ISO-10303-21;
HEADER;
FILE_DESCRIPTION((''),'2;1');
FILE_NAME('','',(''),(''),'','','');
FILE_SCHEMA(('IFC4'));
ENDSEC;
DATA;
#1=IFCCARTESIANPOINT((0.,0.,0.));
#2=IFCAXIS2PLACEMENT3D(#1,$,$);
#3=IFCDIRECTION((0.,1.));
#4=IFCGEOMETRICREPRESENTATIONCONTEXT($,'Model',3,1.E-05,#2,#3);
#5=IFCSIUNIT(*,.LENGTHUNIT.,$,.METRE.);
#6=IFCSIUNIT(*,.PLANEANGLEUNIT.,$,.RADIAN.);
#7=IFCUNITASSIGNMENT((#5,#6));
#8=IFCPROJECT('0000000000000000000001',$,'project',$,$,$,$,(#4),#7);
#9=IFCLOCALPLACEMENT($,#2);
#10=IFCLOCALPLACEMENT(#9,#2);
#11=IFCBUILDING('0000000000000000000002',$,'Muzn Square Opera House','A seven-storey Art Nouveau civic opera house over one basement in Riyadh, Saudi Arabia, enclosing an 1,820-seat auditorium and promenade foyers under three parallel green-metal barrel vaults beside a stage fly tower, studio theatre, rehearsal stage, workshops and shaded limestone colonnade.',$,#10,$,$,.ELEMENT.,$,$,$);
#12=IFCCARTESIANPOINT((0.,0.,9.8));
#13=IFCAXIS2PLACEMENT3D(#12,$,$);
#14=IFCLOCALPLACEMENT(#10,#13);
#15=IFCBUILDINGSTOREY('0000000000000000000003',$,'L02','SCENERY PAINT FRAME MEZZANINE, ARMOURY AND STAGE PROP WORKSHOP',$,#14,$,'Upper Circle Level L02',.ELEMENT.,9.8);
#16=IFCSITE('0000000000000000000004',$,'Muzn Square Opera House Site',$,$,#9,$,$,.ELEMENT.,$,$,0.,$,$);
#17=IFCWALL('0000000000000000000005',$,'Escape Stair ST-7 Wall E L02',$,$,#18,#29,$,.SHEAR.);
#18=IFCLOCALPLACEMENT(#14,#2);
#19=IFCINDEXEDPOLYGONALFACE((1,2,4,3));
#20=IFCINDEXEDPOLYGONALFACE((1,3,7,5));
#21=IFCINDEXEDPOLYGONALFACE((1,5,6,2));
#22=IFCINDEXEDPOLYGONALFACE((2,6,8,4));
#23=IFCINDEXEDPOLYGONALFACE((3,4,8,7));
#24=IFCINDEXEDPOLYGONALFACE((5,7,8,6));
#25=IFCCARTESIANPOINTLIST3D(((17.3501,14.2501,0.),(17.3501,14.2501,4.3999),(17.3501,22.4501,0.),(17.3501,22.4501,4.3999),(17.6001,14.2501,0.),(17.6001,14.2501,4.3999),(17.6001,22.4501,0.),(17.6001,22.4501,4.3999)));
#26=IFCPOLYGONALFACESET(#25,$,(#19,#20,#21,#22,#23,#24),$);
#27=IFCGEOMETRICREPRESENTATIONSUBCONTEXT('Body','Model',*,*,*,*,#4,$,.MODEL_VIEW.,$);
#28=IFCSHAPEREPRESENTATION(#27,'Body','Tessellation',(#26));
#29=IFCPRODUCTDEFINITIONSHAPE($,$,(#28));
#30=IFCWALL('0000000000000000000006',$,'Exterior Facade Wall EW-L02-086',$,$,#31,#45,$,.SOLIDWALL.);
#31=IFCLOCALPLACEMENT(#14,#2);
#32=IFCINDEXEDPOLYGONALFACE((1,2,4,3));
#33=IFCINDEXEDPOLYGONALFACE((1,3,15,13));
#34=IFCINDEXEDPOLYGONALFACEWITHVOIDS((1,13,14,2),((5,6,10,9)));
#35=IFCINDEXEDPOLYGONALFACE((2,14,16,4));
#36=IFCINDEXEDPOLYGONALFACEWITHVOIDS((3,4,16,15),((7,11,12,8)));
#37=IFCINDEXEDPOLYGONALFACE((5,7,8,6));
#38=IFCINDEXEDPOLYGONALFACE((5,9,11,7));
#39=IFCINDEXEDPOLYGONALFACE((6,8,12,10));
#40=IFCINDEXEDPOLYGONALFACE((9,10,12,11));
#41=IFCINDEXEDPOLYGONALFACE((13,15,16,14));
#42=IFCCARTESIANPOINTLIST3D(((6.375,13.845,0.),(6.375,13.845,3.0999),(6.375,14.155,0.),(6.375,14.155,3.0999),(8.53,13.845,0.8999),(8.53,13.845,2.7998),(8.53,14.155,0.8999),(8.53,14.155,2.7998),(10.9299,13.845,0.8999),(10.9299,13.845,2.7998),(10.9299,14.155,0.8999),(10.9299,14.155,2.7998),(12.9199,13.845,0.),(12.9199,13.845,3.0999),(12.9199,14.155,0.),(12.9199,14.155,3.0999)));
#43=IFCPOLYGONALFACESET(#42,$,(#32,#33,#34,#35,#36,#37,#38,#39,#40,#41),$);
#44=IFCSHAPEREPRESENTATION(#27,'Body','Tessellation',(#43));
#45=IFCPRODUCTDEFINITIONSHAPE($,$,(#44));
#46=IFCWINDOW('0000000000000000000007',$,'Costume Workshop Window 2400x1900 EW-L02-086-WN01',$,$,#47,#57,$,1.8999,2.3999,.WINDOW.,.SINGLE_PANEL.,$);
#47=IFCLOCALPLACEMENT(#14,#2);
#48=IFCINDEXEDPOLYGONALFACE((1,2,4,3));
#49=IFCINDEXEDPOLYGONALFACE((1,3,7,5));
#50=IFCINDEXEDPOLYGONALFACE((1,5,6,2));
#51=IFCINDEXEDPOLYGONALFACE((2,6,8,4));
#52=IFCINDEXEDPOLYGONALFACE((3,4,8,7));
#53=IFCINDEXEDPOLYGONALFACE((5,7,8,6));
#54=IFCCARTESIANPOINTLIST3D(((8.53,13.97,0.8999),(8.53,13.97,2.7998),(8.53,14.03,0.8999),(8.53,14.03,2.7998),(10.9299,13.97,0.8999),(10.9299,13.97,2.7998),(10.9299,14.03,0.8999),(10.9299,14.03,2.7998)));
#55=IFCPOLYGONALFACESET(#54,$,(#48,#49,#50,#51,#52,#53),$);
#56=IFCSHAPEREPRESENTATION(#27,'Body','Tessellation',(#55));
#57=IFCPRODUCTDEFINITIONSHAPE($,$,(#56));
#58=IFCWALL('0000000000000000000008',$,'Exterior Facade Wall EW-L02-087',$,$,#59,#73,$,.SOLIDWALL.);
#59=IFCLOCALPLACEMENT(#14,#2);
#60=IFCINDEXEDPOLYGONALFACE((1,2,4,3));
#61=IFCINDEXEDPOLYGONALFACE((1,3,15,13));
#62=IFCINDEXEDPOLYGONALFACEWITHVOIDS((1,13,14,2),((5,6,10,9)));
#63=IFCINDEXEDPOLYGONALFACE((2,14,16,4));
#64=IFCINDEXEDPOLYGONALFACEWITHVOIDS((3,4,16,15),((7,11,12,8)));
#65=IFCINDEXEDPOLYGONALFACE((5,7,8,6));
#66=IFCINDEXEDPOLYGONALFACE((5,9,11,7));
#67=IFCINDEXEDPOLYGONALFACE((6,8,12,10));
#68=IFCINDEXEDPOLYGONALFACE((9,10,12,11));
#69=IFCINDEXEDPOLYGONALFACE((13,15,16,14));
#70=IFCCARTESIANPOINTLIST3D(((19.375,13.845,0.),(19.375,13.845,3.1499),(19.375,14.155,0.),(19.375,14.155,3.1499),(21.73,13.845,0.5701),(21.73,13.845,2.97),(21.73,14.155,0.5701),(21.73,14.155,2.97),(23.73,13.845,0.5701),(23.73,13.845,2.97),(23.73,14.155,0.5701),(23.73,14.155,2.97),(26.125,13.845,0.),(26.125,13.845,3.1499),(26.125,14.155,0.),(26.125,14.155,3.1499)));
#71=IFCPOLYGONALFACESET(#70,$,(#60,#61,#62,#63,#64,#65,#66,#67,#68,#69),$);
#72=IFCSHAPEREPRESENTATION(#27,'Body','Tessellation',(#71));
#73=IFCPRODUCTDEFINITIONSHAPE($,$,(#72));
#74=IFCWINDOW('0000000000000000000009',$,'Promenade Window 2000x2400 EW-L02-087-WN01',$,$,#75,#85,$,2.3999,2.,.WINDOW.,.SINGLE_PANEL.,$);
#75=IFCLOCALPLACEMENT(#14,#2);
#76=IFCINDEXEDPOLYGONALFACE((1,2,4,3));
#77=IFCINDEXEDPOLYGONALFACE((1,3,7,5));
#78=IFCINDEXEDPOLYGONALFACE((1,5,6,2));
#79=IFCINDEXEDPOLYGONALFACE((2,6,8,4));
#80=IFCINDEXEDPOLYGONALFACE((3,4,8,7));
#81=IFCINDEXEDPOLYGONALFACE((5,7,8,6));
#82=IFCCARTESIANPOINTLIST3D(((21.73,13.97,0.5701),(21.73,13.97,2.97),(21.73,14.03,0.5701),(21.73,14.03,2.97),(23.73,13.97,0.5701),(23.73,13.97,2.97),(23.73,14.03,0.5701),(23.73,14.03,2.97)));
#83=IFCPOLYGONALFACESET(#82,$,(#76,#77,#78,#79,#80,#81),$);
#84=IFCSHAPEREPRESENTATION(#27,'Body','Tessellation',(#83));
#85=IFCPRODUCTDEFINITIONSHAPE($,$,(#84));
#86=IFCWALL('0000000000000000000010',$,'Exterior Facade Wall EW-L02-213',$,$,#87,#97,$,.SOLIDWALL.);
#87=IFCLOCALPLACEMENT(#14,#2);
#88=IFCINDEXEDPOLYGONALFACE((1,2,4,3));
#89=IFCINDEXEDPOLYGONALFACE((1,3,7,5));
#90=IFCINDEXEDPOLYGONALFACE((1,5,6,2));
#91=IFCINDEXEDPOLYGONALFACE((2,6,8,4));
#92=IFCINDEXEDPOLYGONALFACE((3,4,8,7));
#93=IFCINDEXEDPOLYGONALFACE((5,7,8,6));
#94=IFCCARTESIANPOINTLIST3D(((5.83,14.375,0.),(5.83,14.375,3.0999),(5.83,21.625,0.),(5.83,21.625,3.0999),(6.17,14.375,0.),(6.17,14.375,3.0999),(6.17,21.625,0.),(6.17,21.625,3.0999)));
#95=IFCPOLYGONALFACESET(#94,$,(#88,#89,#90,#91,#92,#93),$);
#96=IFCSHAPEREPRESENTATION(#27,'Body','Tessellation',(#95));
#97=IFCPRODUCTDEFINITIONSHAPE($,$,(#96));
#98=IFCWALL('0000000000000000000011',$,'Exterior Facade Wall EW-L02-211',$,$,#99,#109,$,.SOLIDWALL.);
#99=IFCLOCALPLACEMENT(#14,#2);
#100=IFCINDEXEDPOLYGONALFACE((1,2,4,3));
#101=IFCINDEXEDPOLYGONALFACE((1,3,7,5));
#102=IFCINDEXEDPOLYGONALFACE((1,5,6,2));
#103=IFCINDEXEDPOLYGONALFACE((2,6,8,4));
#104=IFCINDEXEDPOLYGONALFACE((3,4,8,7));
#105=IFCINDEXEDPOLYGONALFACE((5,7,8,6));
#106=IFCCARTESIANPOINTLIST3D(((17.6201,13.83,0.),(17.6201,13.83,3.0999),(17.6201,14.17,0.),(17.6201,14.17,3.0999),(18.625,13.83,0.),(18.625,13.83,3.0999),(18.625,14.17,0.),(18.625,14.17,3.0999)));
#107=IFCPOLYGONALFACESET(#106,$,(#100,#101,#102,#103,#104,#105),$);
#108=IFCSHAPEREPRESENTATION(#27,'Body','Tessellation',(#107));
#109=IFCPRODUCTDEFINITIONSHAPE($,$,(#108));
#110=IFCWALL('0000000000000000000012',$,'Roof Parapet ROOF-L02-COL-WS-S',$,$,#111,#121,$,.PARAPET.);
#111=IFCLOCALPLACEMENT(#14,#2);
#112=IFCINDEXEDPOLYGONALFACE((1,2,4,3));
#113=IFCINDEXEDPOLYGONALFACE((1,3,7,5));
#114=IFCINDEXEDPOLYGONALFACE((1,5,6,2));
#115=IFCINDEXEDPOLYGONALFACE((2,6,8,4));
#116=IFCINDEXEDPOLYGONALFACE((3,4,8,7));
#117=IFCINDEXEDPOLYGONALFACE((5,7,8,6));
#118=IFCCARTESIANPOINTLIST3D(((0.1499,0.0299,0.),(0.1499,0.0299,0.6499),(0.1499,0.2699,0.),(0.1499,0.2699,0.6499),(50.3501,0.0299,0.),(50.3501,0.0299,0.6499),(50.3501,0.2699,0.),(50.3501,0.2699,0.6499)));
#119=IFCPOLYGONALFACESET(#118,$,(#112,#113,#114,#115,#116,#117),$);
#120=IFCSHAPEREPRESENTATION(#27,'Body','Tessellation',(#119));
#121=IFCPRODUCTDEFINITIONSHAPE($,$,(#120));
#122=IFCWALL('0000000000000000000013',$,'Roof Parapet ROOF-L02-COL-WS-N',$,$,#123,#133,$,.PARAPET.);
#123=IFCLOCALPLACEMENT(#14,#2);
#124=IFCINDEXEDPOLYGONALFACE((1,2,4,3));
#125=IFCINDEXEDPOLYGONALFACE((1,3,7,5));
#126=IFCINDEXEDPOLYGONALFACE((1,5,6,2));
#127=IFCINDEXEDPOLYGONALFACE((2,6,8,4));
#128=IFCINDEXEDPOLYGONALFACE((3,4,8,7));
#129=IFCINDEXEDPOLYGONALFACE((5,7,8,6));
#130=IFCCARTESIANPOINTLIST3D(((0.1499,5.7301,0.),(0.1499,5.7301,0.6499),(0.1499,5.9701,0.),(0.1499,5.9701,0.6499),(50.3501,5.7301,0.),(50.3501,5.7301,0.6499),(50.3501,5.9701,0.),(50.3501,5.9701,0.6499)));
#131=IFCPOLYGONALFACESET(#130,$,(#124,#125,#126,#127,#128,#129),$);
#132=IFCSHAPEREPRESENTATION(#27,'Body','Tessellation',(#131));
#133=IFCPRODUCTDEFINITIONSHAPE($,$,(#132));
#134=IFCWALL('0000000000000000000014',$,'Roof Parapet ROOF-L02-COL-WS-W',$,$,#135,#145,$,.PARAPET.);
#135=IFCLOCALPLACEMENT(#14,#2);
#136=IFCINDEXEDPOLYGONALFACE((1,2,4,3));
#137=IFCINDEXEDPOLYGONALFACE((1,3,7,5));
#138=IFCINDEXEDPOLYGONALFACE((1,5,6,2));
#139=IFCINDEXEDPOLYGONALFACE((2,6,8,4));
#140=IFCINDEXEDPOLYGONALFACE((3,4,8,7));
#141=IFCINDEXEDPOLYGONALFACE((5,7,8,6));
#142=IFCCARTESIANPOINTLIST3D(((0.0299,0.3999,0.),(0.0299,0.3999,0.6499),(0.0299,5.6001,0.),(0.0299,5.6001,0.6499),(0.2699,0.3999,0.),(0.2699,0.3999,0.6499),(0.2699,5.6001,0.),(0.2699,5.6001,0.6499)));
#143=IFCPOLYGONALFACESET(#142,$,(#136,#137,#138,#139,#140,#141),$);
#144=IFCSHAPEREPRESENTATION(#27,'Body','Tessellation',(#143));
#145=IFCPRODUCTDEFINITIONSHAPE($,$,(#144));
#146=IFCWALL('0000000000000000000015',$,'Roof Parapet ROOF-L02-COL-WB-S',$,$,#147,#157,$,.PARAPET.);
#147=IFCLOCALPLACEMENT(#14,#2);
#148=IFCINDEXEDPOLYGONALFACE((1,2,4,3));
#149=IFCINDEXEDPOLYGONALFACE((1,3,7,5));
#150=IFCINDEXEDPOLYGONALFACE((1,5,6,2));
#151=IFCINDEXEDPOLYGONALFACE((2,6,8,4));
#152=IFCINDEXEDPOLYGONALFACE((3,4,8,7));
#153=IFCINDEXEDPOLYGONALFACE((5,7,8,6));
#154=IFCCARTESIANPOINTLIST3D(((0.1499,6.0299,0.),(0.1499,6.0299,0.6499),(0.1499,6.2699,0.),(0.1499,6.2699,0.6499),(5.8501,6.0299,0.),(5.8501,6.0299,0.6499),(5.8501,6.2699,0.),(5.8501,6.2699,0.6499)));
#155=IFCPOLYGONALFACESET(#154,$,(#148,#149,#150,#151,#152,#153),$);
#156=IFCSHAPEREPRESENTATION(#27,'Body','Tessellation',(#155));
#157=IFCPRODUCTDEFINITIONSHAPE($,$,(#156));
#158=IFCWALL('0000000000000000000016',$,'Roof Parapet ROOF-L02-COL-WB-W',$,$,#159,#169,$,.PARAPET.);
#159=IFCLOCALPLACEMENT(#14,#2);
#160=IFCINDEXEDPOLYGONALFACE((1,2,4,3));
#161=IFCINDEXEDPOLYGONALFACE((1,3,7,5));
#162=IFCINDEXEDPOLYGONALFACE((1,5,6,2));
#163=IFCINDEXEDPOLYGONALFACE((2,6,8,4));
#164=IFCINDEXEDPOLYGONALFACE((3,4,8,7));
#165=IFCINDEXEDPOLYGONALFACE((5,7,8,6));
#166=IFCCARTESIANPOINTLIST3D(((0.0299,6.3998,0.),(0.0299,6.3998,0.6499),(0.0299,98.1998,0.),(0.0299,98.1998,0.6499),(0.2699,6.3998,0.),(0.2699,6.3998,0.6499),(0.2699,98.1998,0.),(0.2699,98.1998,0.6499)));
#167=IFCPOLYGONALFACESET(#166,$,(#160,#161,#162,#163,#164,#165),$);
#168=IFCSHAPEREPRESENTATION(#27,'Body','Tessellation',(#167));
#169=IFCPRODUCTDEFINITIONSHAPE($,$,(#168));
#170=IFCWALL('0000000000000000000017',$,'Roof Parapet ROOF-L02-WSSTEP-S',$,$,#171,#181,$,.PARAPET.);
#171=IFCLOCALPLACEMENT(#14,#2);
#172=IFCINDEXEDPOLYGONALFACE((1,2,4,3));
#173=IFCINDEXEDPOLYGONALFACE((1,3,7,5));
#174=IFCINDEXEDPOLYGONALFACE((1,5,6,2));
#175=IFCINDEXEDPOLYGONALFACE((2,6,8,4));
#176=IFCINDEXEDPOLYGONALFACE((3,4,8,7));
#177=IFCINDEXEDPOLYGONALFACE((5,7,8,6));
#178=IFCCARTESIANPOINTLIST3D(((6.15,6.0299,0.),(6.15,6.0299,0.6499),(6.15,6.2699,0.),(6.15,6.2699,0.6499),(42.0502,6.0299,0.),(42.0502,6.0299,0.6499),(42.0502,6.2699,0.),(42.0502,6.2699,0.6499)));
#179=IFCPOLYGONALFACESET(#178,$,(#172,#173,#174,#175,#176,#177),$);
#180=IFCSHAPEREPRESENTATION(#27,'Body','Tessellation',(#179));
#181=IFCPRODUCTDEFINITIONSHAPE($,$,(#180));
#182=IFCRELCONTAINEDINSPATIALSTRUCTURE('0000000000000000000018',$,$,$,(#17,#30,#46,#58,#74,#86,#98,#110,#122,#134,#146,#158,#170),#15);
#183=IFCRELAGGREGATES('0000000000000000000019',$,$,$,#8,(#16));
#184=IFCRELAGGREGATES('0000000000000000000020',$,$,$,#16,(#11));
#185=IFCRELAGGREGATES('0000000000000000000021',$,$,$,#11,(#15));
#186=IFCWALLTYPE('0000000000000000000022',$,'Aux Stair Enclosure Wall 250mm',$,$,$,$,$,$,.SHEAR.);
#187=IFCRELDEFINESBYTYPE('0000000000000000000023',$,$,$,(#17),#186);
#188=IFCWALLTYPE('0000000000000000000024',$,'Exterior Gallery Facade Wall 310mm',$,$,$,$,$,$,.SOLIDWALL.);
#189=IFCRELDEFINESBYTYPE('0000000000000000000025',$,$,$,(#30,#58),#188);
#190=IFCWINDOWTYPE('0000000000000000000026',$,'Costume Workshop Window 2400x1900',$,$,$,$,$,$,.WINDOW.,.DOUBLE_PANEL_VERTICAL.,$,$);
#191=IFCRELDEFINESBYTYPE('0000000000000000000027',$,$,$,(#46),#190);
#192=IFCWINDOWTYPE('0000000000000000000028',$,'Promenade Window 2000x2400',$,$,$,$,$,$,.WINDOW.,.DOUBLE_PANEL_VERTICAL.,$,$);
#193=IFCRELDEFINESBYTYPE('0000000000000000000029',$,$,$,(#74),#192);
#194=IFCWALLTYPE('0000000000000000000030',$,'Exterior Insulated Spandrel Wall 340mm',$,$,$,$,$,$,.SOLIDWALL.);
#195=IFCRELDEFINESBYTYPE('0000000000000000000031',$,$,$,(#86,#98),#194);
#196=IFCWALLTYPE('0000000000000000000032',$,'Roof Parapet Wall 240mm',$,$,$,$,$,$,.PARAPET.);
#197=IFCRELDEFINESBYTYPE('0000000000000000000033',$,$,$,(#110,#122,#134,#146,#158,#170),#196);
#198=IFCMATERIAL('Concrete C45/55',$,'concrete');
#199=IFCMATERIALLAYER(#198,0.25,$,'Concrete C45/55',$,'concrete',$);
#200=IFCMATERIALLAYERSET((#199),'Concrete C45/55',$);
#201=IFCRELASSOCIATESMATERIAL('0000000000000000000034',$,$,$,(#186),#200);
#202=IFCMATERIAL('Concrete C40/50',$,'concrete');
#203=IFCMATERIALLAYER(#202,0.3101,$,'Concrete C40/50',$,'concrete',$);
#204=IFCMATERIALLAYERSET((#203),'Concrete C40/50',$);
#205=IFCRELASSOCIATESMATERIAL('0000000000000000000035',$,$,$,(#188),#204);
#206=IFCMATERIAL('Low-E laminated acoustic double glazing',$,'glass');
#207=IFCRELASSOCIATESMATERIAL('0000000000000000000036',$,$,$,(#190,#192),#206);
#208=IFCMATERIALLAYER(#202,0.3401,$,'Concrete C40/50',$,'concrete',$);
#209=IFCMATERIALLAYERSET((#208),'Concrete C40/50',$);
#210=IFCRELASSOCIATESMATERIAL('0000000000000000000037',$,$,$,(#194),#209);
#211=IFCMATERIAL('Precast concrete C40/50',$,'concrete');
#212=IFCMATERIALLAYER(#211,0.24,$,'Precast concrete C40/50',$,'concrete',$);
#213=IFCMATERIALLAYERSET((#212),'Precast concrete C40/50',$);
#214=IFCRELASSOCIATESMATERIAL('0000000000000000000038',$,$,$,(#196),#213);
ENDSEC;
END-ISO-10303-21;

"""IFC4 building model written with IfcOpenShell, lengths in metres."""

from ifc_helpers import new_model, si_unit, direction, frame, frame_2d, origin, place, context, subcontext, project, spatial, rectangle, extrude, material, layer, layer_set, type_object, element, fill, save


model = new_model("IFC4")

# Units and contexts
model_context = context("Model", 3, precision=1e-05, world=origin(), true_north=direction((0.0, 1.0)))
body_context = subcontext(model_context, "Body", "Model", "MODEL_VIEW")
ifc_project = project(units=[si_unit("LENGTHUNIT", "METRE"), si_unit("PLANEANGLEUNIT", "RADIAN")], contexts=[model_context])

# Site, building, storey
site_placement = place(None, origin())
site = spatial("IfcSite", under=ifc_project, at=site_placement, Name="Muzn Square Opera House Site", CompositionType="ELEMENT", RefElevation=0.0)
building_placement = place(site_placement, origin())
building = spatial("IfcBuilding", under=site, at=building_placement, Name="Muzn Square Opera House", Description="A seven-storey Art Nouveau civic opera house over one basement in Riyadh, Saudi Arabia, enclosing an 1,820-seat auditorium and promenade foyers under three parallel green-metal barrel vaults beside a stage fly tower, studio theatre, rehearsal stage, workshops and shaded limestone colonnade.", CompositionType="ELEMENT")
storey_placement = place(building_placement, frame((0.0, 0.0, 9.8)))
storey = spatial("IfcBuildingStorey", under=building, at=storey_placement, Name="L02", Description="SCENERY PAINT FRAME MEZZANINE, ARMOURY AND STAGE PROP WORKSHOP", LongName="Upper Circle Level L02", CompositionType="ELEMENT", Elevation=9.8)

# Shared definitions
ifc_material_1 = material(Name="Concrete C45/55", Category="concrete")

# Shared definitions
ifc_material_2 = material(Name="Concrete C40/50", Category="concrete")

# Wall
ifc_layer_1 = layer(ifc_material_1, 0.25, Name="Concrete C45/55", Category="concrete")
ifc_layer_set_1 = layer_set([ifc_layer_1], Name="Concrete C45/55")
wall_type_1 = type_object("IfcWallType", Name="Aux Stair Enclosure Wall 250mm", PredefinedType="SHEAR", material=ifc_layer_set_1)
for number, where, z_axis, x_axis, name in (
    (1, (17.4751, 14.25, 0.0), (0.0, 0.0, 1.0), (0.0, 1.0, 0.0), "Escape Stair ST-7 Wall E L02"),
):
    element("IfcWall", number, at=place(storey_placement, frame(where, z_axis=z_axis, x_axis=x_axis)), inside=storey, type_object=wall_type_1, Name=name, PredefinedType="SHEAR", context=body_context, shape_type="SweptSolid", body=[
        extrude(rectangle(XDim=8.2, YDim=0.25, at=frame_2d((4.1001, 0.0))), origin(), (0.0, 0.0, 1.0), 4.3999),
    ])

# Walls, openings, windows
ifc_layer_2 = layer(ifc_material_2, 0.3101, Name="Concrete C40/50", Category="concrete")
ifc_layer_set_2 = layer_set([ifc_layer_2], Name="Concrete C40/50")
wall_type_2 = type_object("IfcWallType", Name="Exterior Gallery Facade Wall 310mm", PredefinedType="SOLIDWALL", material=ifc_layer_set_2)
wall_1_placement = place(storey_placement, frame((6.375, 14.0, 0.0), z_axis=(0.0, 0.0, 1.0), x_axis=(1.0, 0.0, 0.0)))
wall_1 = element("IfcWall", 2, at=wall_1_placement, inside=storey, type_object=wall_type_2, Name="Exterior Facade Wall EW-L02-086", PredefinedType="SOLIDWALL", context=body_context, shape_type="SweptSolid", body=[
    extrude(rectangle(XDim=6.5449, YDim=0.3101, at=frame_2d((3.2725, 0.0))), origin(), (0.0, 0.0, 1.0), 3.0999),
])
opening_1_placement = place(wall_1_placement, frame((2.155, 0.0, 0.8999)))
opening_1 = element("IfcOpeningElement", 3, at=opening_1_placement, cuts=wall_1, PredefinedType="OPENING", context=body_context, shape_type="SweptSolid", body=[
    extrude(rectangle(XDim=2.3999, YDim=1.8999, at=frame_2d((1.2, 0.95))), frame((0.0, 0.165, 0.0), z_axis=(0.0, -1.0, 0.0), x_axis=(1.0, 0.0, 0.0)), (0.0, 0.0, 1.0), 0.3301),
])
ifc_material_3 = material(Name="Low-E laminated acoustic double glazing", Category="glass")
window_type_1 = type_object("IfcWindowType", Name="Costume Workshop Window 2400x1900", PartitioningType="DOUBLE_PANEL_VERTICAL", PredefinedType="WINDOW", material=ifc_material_3)
window_1_placement = place(opening_1_placement, origin())
window_1 = element("IfcWindow", 4, at=window_1_placement, inside=storey, type_object=window_type_1, Name="Costume Workshop Window 2400x1900 EW-L02-086-WN01", OverallHeight=1.8999, OverallWidth=2.3999, PartitioningType="SINGLE_PANEL", PredefinedType="WINDOW", context=body_context, shape_type="SweptSolid", body=[
    extrude(rectangle(XDim=2.3999, YDim=1.8999, at=frame_2d((1.2, 0.95))), frame((0.0, 0.03, 0.0), z_axis=(0.0, -1.0, 0.0), x_axis=(1.0, 0.0, 0.0)), (0.0, 0.0, 1.0), 0.0601),
])
fill(opening_1, window_1)
wall_2_placement = place(storey_placement, frame((19.375, 14.0, 0.0), z_axis=(0.0, 0.0, 1.0), x_axis=(1.0, 0.0, 0.0)))
wall_2 = element("IfcWall", 5, at=wall_2_placement, inside=storey, type_object=wall_type_2, Name="Exterior Facade Wall EW-L02-087", PredefinedType="SOLIDWALL", context=body_context, shape_type="SweptSolid", body=[
    extrude(rectangle(XDim=6.75, YDim=0.3101, at=frame_2d((3.375, 0.0))), origin(), (0.0, 0.0, 1.0), 3.1499),
])
opening_2_placement = place(wall_2_placement, frame((2.355, 0.0, 0.5701)))
opening_2 = element("IfcOpeningElement", 6, at=opening_2_placement, cuts=wall_2, PredefinedType="OPENING", context=body_context, shape_type="SweptSolid", body=[
    extrude(rectangle(XDim=2.0, YDim=2.3999, at=frame_2d((1.0, 1.2))), frame((0.0, 0.165, 0.0), z_axis=(0.0, -1.0, 0.0), x_axis=(1.0, 0.0, 0.0)), (0.0, 0.0, 1.0), 0.3301),
])
window_type_2 = type_object("IfcWindowType", Name="Promenade Window 2000x2400", PartitioningType="DOUBLE_PANEL_VERTICAL", PredefinedType="WINDOW", material=ifc_material_3)
window_2_placement = place(opening_2_placement, origin())
window_2 = element("IfcWindow", 7, at=window_2_placement, inside=storey, type_object=window_type_2, Name="Promenade Window 2000x2400 EW-L02-087-WN01", OverallHeight=2.3999, OverallWidth=2.0, PartitioningType="SINGLE_PANEL", PredefinedType="WINDOW", context=body_context, shape_type="SweptSolid", body=[
    extrude(rectangle(XDim=2.0, YDim=2.3999, at=frame_2d((1.0, 1.2))), frame((0.0, 0.03, 0.0), z_axis=(0.0, -1.0, 0.0), x_axis=(1.0, 0.0, 0.0)), (0.0, 0.0, 1.0), 0.0601),
])
fill(opening_2, window_2)

# Walls
ifc_layer_3 = layer(ifc_material_2, 0.3401, Name="Concrete C40/50", Category="concrete")
ifc_layer_set_3 = layer_set([ifc_layer_3], Name="Concrete C40/50")
wall_type_3 = type_object("IfcWallType", Name="Exterior Insulated Spandrel Wall 340mm", PredefinedType="SOLIDWALL", material=ifc_layer_set_3)
wall_3_placement = place(storey_placement, frame((6.0, 14.375, 0.0), z_axis=(0.0, 0.0, 1.0), x_axis=(0.0, 1.0, 0.0)))
element("IfcWall", 8, at=wall_3_placement, inside=storey, type_object=wall_type_3, Name="Exterior Facade Wall EW-L02-213", PredefinedType="SOLIDWALL", context=body_context, shape_type="SweptSolid", body=[
    extrude(rectangle(XDim=7.25, YDim=0.3401, at=frame_2d((3.625, 0.0))), origin(), (0.0, 0.0, 1.0), 3.0999),
])
wall_4_placement = place(storey_placement, frame((17.6201, 14.0, 0.0), z_axis=(0.0, 0.0, 1.0), x_axis=(1.0, 0.0, 0.0)))
element("IfcWall", 9, at=wall_4_placement, inside=storey, type_object=wall_type_3, Name="Exterior Facade Wall EW-L02-211", PredefinedType="SOLIDWALL", context=body_context, shape_type="SweptSolid", body=[
    extrude(rectangle(XDim=1.0049, YDim=0.3401, at=frame_2d((0.5024, 0.0))), origin(), (0.0, 0.0, 1.0), 3.0999),
])
ifc_material_4 = material(Name="Precast concrete C40/50", Category="concrete")
ifc_layer_4 = layer(ifc_material_4, 0.24, Name="Precast concrete C40/50", Category="concrete")
ifc_layer_set_4 = layer_set([ifc_layer_4], Name="Precast concrete C40/50")
wall_type_4 = type_object("IfcWallType", Name="Roof Parapet Wall 240mm", PredefinedType="PARAPET", material=ifc_layer_set_4)
for number, where, z_axis, x_axis, name in (
    (10, (0.1499, 0.1499, 0.0), (0.0, 0.0, 1.0), (1.0, 0.0, 0.0), "Roof Parapet ROOF-L02-COL-WS-S"),
    (11, (0.1499, 5.8501, 0.0), (0.0, 0.0, 1.0), (1.0, 0.0, 0.0), "Roof Parapet ROOF-L02-COL-WS-N"),
):
    element("IfcWall", number, at=place(storey_placement, frame(where, z_axis=z_axis, x_axis=x_axis)), inside=storey, type_object=wall_type_4, Name=name, PredefinedType="PARAPET", context=body_context, shape_type="SweptSolid", body=[
        extrude(rectangle(XDim=50.2002, YDim=0.24, at=frame_2d((25.1001, 0.0))), origin(), (0.0, 0.0, 1.0), 0.6499),
    ])
wall_5_placement = place(storey_placement, frame((0.1499, 0.3999, 0.0), z_axis=(0.0, 0.0, 1.0), x_axis=(0.0, 1.0, 0.0)))
element("IfcWall", 12, at=wall_5_placement, inside=storey, type_object=wall_type_4, Name="Roof Parapet ROOF-L02-COL-WS-W", PredefinedType="PARAPET", context=body_context, shape_type="SweptSolid", body=[
    extrude(rectangle(XDim=5.2002, YDim=0.24, at=frame_2d((2.6001, 0.0))), origin(), (0.0, 0.0, 1.0), 0.6499),
])
wall_6_placement = place(storey_placement, frame((0.1499, 6.1499, 0.0), z_axis=(0.0, 0.0, 1.0), x_axis=(1.0, 0.0, 0.0)))
element("IfcWall", 13, at=wall_6_placement, inside=storey, type_object=wall_type_4, Name="Roof Parapet ROOF-L02-COL-WB-S", PredefinedType="PARAPET", context=body_context, shape_type="SweptSolid", body=[
    extrude(rectangle(XDim=5.7002, YDim=0.24, at=frame_2d((2.8501, 0.0))), origin(), (0.0, 0.0, 1.0), 0.6499),
])
wall_7_placement = place(storey_placement, frame((0.1499, 6.3999, 0.0), z_axis=(0.0, 0.0, 1.0), x_axis=(0.0, 1.0, 0.0)))
element("IfcWall", 14, at=wall_7_placement, inside=storey, type_object=wall_type_4, Name="Roof Parapet ROOF-L02-COL-WB-W", PredefinedType="PARAPET", context=body_context, shape_type="SweptSolid", body=[
    extrude(rectangle(XDim=91.8, YDim=0.24, at=frame_2d((45.8999, 0.0))), origin(), (0.0, 0.0, 1.0), 0.6499),
])
for number, where, z_axis, x_axis, name in (
    (15, (6.1499, 6.1499, 0.0), (0.0, 0.0, 1.0), (1.0, 0.0, 0.0), "Roof Parapet ROOF-L02-WSSTEP-S"),
):
    element("IfcWall", number, at=place(storey_placement, frame(where, z_axis=z_axis, x_axis=x_axis)), inside=storey, type_object=wall_type_4, Name=name, PredefinedType="PARAPET", context=body_context, shape_type="SweptSolid", body=[
        extrude(rectangle(XDim=35.9001, YDim=0.24, at=frame_2d((17.9502, 0.0))), origin(), (0.0, 0.0, 1.0), 0.6499),
    ])

save(model, "model.ifc")
